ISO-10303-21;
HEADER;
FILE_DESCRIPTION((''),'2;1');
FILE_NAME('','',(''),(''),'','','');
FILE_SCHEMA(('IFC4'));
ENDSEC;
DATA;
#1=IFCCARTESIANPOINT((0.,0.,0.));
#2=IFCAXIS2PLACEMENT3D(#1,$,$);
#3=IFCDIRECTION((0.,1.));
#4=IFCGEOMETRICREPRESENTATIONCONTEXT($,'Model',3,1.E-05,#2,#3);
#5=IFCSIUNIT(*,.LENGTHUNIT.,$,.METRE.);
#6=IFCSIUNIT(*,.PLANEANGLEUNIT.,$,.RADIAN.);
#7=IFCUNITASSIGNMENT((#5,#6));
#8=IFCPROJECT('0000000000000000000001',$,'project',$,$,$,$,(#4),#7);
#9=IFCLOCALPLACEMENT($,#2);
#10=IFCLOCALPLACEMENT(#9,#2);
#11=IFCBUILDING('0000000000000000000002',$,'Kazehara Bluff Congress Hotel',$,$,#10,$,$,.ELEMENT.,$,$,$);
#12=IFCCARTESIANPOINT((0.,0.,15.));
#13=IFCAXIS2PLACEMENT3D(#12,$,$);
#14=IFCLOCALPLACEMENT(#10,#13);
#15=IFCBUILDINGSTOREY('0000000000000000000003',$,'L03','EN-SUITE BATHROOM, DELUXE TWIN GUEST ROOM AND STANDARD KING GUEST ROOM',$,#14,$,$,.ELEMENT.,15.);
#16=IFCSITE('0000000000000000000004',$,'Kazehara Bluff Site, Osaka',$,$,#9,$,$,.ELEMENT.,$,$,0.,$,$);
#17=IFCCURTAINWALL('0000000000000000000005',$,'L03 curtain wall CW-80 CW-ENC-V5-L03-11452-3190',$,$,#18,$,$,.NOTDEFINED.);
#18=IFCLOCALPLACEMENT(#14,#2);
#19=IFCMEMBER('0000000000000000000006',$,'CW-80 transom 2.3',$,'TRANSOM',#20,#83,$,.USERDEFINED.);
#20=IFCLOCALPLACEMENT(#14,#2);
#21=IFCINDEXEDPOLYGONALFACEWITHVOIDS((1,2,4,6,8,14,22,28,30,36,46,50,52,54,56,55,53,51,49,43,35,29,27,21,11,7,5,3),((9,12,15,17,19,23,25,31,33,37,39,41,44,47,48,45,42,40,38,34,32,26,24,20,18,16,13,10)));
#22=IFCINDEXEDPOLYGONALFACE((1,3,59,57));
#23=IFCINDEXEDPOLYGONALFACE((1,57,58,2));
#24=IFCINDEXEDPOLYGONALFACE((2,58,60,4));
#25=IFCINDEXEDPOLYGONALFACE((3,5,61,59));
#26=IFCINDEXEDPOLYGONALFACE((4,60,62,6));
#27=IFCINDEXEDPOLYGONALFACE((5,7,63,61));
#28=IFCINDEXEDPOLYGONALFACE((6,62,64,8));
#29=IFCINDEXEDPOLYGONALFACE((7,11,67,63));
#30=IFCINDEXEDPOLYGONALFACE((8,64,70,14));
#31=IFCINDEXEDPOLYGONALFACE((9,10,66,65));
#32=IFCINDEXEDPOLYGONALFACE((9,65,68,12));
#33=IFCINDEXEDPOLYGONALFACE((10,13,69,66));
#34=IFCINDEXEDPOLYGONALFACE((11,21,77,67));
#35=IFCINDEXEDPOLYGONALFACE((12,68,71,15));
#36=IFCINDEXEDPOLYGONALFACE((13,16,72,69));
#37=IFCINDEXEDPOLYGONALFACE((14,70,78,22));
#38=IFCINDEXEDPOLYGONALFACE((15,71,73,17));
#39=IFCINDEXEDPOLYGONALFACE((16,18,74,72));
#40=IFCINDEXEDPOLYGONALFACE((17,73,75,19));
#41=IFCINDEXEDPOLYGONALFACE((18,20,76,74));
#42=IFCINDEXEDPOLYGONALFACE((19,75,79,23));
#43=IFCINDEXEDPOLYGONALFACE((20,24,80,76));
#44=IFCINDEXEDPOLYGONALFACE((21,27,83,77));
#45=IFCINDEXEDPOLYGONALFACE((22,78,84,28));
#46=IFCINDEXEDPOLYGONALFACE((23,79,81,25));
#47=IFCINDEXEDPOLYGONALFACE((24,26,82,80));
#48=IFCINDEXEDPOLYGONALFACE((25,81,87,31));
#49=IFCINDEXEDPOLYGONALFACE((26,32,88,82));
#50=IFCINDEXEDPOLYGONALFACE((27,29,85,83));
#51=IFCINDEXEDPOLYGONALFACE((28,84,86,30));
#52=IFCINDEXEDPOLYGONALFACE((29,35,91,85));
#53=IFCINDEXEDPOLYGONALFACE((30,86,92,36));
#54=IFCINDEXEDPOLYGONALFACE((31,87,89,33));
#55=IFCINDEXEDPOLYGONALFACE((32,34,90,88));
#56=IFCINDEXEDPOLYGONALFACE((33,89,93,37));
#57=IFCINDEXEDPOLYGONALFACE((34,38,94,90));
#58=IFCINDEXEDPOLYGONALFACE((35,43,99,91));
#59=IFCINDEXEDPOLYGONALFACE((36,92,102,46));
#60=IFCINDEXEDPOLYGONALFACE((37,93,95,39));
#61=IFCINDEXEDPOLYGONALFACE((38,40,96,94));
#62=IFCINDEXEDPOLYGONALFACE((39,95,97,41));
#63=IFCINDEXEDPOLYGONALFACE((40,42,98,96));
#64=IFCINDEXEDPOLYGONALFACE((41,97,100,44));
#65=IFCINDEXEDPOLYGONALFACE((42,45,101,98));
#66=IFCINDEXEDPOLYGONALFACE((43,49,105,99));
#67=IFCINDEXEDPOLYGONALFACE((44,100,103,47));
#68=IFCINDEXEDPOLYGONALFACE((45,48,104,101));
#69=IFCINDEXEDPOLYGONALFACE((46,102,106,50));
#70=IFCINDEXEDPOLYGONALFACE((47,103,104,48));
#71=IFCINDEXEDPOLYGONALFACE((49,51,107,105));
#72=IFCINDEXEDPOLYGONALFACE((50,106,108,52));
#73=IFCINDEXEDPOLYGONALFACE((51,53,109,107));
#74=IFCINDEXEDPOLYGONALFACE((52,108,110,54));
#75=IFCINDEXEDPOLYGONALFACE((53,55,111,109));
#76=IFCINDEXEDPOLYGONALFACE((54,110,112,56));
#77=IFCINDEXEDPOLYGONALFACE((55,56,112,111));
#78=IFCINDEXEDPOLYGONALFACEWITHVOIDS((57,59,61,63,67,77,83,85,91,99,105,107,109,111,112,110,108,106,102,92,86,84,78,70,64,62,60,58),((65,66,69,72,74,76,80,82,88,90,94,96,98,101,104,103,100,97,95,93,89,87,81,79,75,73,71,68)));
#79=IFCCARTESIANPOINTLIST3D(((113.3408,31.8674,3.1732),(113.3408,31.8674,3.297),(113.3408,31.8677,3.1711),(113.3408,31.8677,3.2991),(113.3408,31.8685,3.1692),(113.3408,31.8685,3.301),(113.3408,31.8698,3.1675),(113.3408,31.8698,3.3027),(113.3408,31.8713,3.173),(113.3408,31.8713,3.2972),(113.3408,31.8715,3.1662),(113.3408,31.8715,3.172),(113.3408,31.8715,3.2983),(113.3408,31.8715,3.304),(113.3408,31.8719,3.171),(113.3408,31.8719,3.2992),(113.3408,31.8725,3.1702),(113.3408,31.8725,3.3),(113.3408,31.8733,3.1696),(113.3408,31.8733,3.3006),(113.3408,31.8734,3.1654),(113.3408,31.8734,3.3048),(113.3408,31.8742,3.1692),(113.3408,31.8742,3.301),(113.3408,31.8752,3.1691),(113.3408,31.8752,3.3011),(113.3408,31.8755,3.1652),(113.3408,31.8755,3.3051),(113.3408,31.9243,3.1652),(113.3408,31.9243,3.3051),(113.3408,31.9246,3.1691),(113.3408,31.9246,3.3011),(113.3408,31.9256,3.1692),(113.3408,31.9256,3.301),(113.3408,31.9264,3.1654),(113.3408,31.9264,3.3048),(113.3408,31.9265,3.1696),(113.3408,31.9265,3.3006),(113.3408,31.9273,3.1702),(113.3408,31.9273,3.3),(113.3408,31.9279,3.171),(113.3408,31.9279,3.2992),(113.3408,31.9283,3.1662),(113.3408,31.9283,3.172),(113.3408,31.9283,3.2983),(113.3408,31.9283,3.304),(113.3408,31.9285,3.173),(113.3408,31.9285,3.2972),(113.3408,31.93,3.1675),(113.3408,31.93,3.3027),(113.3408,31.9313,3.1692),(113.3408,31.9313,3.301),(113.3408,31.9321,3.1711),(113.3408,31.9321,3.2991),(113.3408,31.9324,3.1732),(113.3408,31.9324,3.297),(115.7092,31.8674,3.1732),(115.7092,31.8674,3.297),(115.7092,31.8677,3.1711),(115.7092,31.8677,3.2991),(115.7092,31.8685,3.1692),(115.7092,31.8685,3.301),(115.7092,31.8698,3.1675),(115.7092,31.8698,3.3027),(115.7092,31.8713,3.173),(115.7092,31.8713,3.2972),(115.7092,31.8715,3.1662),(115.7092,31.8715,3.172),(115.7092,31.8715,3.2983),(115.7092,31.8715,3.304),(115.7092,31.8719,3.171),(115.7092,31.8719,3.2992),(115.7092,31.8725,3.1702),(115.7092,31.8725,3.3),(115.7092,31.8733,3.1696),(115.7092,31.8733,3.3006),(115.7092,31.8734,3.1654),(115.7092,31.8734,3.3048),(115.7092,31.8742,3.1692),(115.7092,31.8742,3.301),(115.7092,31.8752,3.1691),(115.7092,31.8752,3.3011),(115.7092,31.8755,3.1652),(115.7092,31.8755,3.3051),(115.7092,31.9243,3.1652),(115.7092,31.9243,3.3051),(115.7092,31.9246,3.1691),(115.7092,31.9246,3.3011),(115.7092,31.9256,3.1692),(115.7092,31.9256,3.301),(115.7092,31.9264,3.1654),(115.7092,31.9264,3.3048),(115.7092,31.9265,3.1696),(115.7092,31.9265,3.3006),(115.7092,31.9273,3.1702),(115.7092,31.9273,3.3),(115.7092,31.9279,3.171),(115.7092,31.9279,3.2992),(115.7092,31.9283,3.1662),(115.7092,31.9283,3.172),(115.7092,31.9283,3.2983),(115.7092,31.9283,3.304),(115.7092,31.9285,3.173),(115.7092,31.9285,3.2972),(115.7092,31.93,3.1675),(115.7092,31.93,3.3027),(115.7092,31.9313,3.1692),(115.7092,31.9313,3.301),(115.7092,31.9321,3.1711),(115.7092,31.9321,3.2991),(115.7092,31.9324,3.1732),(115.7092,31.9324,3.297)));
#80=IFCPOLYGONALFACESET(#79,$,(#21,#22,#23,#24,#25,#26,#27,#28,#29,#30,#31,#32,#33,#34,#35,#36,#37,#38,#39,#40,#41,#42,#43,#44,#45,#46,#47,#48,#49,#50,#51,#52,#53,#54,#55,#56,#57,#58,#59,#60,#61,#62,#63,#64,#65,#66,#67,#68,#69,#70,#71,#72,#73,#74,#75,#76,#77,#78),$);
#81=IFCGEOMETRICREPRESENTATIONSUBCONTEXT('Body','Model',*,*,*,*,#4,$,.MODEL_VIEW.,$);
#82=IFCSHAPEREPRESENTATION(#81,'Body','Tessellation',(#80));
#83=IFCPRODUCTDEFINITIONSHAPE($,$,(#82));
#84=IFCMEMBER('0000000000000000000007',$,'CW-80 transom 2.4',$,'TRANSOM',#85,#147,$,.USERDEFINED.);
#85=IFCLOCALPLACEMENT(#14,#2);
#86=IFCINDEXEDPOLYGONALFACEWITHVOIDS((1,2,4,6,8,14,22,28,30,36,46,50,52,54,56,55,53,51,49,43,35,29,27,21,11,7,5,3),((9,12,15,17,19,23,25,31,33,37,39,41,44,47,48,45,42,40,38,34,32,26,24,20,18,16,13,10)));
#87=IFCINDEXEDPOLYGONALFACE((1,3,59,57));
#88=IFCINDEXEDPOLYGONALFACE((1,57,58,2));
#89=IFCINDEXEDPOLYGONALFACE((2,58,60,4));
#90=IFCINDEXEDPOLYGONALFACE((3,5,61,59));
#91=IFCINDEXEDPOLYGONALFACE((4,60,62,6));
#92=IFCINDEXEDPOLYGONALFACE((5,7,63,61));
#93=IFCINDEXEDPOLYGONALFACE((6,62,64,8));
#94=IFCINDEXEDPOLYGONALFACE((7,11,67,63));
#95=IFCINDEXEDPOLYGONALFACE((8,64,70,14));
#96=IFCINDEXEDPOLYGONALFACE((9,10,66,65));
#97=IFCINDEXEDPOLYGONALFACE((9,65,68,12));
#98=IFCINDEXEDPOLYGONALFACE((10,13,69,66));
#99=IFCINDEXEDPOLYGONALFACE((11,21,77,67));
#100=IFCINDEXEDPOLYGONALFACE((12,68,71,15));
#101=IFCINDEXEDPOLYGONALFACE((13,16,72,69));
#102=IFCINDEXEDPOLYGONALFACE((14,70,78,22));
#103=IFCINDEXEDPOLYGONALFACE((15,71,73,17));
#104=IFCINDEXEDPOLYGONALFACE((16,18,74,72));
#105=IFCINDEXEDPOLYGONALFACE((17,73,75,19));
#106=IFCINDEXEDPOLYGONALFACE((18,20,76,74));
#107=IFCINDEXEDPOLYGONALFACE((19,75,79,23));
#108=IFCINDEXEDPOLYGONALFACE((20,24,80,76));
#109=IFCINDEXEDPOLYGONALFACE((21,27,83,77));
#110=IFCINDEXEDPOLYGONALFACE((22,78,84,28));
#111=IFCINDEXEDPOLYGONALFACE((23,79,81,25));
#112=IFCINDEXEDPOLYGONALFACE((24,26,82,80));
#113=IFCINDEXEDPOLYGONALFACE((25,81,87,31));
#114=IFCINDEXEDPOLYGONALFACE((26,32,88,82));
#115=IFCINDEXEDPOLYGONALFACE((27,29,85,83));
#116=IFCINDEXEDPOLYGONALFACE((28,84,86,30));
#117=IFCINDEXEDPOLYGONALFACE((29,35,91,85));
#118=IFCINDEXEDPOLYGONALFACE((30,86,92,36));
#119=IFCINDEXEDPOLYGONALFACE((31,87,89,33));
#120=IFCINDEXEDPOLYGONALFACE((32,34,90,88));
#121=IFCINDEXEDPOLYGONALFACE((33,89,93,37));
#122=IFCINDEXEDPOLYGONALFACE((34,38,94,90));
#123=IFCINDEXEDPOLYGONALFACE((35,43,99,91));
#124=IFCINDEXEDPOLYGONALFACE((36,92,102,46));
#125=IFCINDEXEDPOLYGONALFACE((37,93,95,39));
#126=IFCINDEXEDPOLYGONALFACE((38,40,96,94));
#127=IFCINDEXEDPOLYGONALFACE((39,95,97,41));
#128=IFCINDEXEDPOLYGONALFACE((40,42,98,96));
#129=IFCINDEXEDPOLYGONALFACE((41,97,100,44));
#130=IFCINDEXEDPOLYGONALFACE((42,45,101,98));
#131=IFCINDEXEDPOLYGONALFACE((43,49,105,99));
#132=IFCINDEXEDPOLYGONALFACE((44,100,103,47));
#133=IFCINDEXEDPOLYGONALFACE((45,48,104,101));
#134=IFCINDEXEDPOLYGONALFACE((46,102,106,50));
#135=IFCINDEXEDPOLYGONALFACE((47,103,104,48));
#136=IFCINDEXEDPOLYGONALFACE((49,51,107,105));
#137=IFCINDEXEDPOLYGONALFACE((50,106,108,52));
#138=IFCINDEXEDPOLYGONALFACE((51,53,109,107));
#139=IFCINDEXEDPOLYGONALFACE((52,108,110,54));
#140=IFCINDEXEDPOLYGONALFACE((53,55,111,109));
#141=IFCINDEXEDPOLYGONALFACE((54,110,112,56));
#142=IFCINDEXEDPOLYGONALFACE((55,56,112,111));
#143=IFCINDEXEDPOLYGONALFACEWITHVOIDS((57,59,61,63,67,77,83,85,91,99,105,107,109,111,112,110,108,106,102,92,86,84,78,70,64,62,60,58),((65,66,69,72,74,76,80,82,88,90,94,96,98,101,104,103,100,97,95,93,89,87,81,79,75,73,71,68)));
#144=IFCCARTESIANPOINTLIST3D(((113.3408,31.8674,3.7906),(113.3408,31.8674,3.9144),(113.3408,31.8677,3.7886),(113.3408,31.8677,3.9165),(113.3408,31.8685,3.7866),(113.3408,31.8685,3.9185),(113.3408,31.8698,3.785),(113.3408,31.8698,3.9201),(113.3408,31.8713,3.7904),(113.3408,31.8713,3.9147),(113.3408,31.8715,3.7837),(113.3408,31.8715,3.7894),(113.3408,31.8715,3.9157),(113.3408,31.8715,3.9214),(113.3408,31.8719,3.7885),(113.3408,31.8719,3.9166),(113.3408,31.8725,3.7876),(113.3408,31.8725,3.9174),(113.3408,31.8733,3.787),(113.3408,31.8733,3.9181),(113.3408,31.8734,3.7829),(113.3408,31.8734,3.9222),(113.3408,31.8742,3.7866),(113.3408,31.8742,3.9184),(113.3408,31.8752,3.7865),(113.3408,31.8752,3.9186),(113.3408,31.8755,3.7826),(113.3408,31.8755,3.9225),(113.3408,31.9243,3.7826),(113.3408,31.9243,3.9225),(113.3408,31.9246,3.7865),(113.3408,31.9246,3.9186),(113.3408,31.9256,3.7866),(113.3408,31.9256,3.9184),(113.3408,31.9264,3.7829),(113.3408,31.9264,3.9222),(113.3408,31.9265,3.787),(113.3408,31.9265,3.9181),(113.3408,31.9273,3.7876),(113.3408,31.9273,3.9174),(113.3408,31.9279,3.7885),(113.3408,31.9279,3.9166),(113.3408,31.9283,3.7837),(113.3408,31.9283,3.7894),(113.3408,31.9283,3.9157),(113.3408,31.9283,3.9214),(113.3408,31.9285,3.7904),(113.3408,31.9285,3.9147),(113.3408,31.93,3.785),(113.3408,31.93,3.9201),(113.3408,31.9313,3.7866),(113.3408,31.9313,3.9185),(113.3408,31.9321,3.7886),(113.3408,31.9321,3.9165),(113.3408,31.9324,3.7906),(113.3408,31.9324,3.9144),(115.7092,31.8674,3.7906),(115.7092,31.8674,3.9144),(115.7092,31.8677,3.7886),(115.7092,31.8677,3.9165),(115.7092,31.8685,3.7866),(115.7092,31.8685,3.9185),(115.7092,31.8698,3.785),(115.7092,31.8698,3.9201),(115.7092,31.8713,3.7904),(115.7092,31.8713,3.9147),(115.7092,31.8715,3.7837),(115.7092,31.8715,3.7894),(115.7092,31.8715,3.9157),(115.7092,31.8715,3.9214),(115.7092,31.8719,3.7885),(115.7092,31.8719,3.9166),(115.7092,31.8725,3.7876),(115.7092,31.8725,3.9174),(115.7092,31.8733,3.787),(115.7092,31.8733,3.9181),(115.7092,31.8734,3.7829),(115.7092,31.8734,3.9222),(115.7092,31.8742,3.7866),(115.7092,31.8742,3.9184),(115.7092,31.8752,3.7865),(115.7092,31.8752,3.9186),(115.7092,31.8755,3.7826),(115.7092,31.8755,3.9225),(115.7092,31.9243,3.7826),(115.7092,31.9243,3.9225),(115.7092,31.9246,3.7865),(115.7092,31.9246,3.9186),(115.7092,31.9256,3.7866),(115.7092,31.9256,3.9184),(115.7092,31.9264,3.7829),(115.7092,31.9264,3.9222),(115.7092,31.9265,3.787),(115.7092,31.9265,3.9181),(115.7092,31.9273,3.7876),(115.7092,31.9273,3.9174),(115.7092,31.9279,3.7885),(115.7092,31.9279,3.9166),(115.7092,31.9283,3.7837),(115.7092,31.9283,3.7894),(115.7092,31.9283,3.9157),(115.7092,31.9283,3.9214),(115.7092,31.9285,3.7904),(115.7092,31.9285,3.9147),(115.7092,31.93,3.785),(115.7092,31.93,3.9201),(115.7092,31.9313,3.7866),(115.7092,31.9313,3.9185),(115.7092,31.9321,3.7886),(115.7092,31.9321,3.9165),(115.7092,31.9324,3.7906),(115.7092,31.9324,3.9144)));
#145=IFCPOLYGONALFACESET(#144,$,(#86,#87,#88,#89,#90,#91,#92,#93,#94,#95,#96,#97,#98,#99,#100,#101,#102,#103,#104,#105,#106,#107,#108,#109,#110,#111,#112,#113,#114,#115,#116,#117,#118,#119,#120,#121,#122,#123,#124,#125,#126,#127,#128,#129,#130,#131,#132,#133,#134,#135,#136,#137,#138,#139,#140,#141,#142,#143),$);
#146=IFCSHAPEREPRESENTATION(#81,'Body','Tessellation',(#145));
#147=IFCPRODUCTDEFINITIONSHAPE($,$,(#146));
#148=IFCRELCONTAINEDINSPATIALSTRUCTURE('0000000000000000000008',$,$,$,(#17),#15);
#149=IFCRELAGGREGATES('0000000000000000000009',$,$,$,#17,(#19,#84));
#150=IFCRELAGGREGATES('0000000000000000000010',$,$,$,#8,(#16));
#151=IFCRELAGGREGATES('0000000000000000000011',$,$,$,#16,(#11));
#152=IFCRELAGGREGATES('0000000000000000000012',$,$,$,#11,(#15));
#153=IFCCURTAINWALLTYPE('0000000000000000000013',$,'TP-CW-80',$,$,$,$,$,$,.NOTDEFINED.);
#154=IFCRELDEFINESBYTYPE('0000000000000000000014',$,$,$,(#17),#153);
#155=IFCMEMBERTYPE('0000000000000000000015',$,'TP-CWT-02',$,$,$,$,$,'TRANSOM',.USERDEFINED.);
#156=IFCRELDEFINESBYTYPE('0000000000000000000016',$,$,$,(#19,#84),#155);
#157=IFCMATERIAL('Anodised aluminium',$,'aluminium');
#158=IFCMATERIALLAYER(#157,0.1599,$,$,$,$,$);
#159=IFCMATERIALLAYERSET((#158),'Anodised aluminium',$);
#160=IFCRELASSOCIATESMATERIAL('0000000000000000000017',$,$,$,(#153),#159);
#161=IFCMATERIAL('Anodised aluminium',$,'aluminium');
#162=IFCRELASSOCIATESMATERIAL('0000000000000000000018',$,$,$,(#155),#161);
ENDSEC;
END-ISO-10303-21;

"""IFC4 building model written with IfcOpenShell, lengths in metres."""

from ifc_helpers import new_model, si_unit, direction, frame, origin, origin_2d, place, context, subcontext, project, spatial, hollow_rectangle, extrude, material, layer, layer_set, material_profile, profile_set, type_object, element, aggregate, save


model = new_model("IFC4")

# Units and contexts
model_context = context("Model", 3, precision=1e-05, world=origin(), true_north=direction((0.0, 1.0)))
body_context = subcontext(model_context, "Body", "Model", "MODEL_VIEW")
ifc_project = project(units=[si_unit("LENGTHUNIT", "METRE"), si_unit("PLANEANGLEUNIT", "RADIAN")], contexts=[model_context])

# Site, building, storey
site_placement = place(None, origin())
site = spatial("IfcSite", under=ifc_project, at=site_placement, Name="Kazehara Bluff Site, Osaka", CompositionType="ELEMENT", RefElevation=0.0)
building_placement = place(site_placement, origin())
building = spatial("IfcBuilding", under=site, at=building_placement, Name="Kazehara Bluff Congress Hotel", CompositionType="ELEMENT")
storey_placement = place(building_placement, frame((0.0, 0.0, 15.0)))
storey = spatial("IfcBuildingStorey", under=building, at=storey_placement, Name="L03", Description="EN-SUITE BATHROOM, DELUXE TWIN GUEST ROOM AND STANDARD KING GUEST ROOM", CompositionType="ELEMENT", Elevation=15.0)

# Curtain wall, members
ifc_material_1 = material(Name="Anodised aluminium", Category="aluminium")
ifc_layer_1 = layer(ifc_material_1, 0.1599)
ifc_layer_set_1 = layer_set([ifc_layer_1], Name="Anodised aluminium")
curtain_wall_type_1 = type_object("IfcCurtainWallType", Name="TP-CW-80", PredefinedType="NOTDEFINED", material=ifc_layer_set_1)
curtain_wall_1_placement = place(storey_placement, origin())
curtain_wall_1 = element("IfcCurtainWall", 1, at=curtain_wall_1_placement, inside=storey, type_object=curtain_wall_type_1, Name="L03 curtain wall CW-80 CW-ENC-V5-L03-11452-3190", PredefinedType="NOTDEFINED")
ifc_material_2 = material(Name="Anodised aluminium", Category="aluminium")
ifc_material_profile_1 = material_profile(ifc_material_2, hollow_rectangle(XDim=0.0649, YDim=0.1399, WallThickness=0.0039, InnerFilletRadius=0.0039, OuterFilletRadius=0.0081, at=origin_2d()))
ifc_profile_set_1 = profile_set([ifc_material_profile_1], Name="Anodised aluminium")
member_type_1 = type_object("IfcMemberType", Name="TP-CWT-02", ElementType="TRANSOM", PredefinedType="USERDEFINED", material=ifc_profile_set_1)
member_1_placement = place(storey_placement, frame((113.3408, 31.8999, 3.2351), z_axis=(1.0, 0.0, 0.0), x_axis=(0.0, 1.0, 0.0)))
member_1 = element("IfcMember", 2, at=member_1_placement, type_object=member_type_1, Name="CW-80 transom 2.3", ObjectType="TRANSOM", PredefinedType="USERDEFINED", context=body_context, shape_type="SweptSolid", body=[
    extrude(hollow_rectangle(XDim=0.0649, YDim=0.1399, WallThickness=0.0039, InnerFilletRadius=0.0039, OuterFilletRadius=0.0081, at=origin_2d()), origin(), (0.0, 0.0, 1.0), 2.3684),
])
member_2_placement = place(storey_placement, frame((113.3408, 31.8999, 3.8525), z_axis=(1.0, 0.0, 0.0), x_axis=(0.0, 1.0, 0.0)))
member_2 = element("IfcMember", 3, at=member_2_placement, type_object=member_type_1, Name="CW-80 transom 2.4", ObjectType="TRANSOM", PredefinedType="USERDEFINED", context=body_context, shape_type="SweptSolid", body=[
    extrude(hollow_rectangle(XDim=0.0649, YDim=0.1399, WallThickness=0.0039, InnerFilletRadius=0.0039, OuterFilletRadius=0.0081, at=origin_2d()), origin(), (0.0, 0.0, 1.0), 2.3684),
])

aggregate(curtain_wall_1, [member_1, member_2])

save(model, "model.ifc")
